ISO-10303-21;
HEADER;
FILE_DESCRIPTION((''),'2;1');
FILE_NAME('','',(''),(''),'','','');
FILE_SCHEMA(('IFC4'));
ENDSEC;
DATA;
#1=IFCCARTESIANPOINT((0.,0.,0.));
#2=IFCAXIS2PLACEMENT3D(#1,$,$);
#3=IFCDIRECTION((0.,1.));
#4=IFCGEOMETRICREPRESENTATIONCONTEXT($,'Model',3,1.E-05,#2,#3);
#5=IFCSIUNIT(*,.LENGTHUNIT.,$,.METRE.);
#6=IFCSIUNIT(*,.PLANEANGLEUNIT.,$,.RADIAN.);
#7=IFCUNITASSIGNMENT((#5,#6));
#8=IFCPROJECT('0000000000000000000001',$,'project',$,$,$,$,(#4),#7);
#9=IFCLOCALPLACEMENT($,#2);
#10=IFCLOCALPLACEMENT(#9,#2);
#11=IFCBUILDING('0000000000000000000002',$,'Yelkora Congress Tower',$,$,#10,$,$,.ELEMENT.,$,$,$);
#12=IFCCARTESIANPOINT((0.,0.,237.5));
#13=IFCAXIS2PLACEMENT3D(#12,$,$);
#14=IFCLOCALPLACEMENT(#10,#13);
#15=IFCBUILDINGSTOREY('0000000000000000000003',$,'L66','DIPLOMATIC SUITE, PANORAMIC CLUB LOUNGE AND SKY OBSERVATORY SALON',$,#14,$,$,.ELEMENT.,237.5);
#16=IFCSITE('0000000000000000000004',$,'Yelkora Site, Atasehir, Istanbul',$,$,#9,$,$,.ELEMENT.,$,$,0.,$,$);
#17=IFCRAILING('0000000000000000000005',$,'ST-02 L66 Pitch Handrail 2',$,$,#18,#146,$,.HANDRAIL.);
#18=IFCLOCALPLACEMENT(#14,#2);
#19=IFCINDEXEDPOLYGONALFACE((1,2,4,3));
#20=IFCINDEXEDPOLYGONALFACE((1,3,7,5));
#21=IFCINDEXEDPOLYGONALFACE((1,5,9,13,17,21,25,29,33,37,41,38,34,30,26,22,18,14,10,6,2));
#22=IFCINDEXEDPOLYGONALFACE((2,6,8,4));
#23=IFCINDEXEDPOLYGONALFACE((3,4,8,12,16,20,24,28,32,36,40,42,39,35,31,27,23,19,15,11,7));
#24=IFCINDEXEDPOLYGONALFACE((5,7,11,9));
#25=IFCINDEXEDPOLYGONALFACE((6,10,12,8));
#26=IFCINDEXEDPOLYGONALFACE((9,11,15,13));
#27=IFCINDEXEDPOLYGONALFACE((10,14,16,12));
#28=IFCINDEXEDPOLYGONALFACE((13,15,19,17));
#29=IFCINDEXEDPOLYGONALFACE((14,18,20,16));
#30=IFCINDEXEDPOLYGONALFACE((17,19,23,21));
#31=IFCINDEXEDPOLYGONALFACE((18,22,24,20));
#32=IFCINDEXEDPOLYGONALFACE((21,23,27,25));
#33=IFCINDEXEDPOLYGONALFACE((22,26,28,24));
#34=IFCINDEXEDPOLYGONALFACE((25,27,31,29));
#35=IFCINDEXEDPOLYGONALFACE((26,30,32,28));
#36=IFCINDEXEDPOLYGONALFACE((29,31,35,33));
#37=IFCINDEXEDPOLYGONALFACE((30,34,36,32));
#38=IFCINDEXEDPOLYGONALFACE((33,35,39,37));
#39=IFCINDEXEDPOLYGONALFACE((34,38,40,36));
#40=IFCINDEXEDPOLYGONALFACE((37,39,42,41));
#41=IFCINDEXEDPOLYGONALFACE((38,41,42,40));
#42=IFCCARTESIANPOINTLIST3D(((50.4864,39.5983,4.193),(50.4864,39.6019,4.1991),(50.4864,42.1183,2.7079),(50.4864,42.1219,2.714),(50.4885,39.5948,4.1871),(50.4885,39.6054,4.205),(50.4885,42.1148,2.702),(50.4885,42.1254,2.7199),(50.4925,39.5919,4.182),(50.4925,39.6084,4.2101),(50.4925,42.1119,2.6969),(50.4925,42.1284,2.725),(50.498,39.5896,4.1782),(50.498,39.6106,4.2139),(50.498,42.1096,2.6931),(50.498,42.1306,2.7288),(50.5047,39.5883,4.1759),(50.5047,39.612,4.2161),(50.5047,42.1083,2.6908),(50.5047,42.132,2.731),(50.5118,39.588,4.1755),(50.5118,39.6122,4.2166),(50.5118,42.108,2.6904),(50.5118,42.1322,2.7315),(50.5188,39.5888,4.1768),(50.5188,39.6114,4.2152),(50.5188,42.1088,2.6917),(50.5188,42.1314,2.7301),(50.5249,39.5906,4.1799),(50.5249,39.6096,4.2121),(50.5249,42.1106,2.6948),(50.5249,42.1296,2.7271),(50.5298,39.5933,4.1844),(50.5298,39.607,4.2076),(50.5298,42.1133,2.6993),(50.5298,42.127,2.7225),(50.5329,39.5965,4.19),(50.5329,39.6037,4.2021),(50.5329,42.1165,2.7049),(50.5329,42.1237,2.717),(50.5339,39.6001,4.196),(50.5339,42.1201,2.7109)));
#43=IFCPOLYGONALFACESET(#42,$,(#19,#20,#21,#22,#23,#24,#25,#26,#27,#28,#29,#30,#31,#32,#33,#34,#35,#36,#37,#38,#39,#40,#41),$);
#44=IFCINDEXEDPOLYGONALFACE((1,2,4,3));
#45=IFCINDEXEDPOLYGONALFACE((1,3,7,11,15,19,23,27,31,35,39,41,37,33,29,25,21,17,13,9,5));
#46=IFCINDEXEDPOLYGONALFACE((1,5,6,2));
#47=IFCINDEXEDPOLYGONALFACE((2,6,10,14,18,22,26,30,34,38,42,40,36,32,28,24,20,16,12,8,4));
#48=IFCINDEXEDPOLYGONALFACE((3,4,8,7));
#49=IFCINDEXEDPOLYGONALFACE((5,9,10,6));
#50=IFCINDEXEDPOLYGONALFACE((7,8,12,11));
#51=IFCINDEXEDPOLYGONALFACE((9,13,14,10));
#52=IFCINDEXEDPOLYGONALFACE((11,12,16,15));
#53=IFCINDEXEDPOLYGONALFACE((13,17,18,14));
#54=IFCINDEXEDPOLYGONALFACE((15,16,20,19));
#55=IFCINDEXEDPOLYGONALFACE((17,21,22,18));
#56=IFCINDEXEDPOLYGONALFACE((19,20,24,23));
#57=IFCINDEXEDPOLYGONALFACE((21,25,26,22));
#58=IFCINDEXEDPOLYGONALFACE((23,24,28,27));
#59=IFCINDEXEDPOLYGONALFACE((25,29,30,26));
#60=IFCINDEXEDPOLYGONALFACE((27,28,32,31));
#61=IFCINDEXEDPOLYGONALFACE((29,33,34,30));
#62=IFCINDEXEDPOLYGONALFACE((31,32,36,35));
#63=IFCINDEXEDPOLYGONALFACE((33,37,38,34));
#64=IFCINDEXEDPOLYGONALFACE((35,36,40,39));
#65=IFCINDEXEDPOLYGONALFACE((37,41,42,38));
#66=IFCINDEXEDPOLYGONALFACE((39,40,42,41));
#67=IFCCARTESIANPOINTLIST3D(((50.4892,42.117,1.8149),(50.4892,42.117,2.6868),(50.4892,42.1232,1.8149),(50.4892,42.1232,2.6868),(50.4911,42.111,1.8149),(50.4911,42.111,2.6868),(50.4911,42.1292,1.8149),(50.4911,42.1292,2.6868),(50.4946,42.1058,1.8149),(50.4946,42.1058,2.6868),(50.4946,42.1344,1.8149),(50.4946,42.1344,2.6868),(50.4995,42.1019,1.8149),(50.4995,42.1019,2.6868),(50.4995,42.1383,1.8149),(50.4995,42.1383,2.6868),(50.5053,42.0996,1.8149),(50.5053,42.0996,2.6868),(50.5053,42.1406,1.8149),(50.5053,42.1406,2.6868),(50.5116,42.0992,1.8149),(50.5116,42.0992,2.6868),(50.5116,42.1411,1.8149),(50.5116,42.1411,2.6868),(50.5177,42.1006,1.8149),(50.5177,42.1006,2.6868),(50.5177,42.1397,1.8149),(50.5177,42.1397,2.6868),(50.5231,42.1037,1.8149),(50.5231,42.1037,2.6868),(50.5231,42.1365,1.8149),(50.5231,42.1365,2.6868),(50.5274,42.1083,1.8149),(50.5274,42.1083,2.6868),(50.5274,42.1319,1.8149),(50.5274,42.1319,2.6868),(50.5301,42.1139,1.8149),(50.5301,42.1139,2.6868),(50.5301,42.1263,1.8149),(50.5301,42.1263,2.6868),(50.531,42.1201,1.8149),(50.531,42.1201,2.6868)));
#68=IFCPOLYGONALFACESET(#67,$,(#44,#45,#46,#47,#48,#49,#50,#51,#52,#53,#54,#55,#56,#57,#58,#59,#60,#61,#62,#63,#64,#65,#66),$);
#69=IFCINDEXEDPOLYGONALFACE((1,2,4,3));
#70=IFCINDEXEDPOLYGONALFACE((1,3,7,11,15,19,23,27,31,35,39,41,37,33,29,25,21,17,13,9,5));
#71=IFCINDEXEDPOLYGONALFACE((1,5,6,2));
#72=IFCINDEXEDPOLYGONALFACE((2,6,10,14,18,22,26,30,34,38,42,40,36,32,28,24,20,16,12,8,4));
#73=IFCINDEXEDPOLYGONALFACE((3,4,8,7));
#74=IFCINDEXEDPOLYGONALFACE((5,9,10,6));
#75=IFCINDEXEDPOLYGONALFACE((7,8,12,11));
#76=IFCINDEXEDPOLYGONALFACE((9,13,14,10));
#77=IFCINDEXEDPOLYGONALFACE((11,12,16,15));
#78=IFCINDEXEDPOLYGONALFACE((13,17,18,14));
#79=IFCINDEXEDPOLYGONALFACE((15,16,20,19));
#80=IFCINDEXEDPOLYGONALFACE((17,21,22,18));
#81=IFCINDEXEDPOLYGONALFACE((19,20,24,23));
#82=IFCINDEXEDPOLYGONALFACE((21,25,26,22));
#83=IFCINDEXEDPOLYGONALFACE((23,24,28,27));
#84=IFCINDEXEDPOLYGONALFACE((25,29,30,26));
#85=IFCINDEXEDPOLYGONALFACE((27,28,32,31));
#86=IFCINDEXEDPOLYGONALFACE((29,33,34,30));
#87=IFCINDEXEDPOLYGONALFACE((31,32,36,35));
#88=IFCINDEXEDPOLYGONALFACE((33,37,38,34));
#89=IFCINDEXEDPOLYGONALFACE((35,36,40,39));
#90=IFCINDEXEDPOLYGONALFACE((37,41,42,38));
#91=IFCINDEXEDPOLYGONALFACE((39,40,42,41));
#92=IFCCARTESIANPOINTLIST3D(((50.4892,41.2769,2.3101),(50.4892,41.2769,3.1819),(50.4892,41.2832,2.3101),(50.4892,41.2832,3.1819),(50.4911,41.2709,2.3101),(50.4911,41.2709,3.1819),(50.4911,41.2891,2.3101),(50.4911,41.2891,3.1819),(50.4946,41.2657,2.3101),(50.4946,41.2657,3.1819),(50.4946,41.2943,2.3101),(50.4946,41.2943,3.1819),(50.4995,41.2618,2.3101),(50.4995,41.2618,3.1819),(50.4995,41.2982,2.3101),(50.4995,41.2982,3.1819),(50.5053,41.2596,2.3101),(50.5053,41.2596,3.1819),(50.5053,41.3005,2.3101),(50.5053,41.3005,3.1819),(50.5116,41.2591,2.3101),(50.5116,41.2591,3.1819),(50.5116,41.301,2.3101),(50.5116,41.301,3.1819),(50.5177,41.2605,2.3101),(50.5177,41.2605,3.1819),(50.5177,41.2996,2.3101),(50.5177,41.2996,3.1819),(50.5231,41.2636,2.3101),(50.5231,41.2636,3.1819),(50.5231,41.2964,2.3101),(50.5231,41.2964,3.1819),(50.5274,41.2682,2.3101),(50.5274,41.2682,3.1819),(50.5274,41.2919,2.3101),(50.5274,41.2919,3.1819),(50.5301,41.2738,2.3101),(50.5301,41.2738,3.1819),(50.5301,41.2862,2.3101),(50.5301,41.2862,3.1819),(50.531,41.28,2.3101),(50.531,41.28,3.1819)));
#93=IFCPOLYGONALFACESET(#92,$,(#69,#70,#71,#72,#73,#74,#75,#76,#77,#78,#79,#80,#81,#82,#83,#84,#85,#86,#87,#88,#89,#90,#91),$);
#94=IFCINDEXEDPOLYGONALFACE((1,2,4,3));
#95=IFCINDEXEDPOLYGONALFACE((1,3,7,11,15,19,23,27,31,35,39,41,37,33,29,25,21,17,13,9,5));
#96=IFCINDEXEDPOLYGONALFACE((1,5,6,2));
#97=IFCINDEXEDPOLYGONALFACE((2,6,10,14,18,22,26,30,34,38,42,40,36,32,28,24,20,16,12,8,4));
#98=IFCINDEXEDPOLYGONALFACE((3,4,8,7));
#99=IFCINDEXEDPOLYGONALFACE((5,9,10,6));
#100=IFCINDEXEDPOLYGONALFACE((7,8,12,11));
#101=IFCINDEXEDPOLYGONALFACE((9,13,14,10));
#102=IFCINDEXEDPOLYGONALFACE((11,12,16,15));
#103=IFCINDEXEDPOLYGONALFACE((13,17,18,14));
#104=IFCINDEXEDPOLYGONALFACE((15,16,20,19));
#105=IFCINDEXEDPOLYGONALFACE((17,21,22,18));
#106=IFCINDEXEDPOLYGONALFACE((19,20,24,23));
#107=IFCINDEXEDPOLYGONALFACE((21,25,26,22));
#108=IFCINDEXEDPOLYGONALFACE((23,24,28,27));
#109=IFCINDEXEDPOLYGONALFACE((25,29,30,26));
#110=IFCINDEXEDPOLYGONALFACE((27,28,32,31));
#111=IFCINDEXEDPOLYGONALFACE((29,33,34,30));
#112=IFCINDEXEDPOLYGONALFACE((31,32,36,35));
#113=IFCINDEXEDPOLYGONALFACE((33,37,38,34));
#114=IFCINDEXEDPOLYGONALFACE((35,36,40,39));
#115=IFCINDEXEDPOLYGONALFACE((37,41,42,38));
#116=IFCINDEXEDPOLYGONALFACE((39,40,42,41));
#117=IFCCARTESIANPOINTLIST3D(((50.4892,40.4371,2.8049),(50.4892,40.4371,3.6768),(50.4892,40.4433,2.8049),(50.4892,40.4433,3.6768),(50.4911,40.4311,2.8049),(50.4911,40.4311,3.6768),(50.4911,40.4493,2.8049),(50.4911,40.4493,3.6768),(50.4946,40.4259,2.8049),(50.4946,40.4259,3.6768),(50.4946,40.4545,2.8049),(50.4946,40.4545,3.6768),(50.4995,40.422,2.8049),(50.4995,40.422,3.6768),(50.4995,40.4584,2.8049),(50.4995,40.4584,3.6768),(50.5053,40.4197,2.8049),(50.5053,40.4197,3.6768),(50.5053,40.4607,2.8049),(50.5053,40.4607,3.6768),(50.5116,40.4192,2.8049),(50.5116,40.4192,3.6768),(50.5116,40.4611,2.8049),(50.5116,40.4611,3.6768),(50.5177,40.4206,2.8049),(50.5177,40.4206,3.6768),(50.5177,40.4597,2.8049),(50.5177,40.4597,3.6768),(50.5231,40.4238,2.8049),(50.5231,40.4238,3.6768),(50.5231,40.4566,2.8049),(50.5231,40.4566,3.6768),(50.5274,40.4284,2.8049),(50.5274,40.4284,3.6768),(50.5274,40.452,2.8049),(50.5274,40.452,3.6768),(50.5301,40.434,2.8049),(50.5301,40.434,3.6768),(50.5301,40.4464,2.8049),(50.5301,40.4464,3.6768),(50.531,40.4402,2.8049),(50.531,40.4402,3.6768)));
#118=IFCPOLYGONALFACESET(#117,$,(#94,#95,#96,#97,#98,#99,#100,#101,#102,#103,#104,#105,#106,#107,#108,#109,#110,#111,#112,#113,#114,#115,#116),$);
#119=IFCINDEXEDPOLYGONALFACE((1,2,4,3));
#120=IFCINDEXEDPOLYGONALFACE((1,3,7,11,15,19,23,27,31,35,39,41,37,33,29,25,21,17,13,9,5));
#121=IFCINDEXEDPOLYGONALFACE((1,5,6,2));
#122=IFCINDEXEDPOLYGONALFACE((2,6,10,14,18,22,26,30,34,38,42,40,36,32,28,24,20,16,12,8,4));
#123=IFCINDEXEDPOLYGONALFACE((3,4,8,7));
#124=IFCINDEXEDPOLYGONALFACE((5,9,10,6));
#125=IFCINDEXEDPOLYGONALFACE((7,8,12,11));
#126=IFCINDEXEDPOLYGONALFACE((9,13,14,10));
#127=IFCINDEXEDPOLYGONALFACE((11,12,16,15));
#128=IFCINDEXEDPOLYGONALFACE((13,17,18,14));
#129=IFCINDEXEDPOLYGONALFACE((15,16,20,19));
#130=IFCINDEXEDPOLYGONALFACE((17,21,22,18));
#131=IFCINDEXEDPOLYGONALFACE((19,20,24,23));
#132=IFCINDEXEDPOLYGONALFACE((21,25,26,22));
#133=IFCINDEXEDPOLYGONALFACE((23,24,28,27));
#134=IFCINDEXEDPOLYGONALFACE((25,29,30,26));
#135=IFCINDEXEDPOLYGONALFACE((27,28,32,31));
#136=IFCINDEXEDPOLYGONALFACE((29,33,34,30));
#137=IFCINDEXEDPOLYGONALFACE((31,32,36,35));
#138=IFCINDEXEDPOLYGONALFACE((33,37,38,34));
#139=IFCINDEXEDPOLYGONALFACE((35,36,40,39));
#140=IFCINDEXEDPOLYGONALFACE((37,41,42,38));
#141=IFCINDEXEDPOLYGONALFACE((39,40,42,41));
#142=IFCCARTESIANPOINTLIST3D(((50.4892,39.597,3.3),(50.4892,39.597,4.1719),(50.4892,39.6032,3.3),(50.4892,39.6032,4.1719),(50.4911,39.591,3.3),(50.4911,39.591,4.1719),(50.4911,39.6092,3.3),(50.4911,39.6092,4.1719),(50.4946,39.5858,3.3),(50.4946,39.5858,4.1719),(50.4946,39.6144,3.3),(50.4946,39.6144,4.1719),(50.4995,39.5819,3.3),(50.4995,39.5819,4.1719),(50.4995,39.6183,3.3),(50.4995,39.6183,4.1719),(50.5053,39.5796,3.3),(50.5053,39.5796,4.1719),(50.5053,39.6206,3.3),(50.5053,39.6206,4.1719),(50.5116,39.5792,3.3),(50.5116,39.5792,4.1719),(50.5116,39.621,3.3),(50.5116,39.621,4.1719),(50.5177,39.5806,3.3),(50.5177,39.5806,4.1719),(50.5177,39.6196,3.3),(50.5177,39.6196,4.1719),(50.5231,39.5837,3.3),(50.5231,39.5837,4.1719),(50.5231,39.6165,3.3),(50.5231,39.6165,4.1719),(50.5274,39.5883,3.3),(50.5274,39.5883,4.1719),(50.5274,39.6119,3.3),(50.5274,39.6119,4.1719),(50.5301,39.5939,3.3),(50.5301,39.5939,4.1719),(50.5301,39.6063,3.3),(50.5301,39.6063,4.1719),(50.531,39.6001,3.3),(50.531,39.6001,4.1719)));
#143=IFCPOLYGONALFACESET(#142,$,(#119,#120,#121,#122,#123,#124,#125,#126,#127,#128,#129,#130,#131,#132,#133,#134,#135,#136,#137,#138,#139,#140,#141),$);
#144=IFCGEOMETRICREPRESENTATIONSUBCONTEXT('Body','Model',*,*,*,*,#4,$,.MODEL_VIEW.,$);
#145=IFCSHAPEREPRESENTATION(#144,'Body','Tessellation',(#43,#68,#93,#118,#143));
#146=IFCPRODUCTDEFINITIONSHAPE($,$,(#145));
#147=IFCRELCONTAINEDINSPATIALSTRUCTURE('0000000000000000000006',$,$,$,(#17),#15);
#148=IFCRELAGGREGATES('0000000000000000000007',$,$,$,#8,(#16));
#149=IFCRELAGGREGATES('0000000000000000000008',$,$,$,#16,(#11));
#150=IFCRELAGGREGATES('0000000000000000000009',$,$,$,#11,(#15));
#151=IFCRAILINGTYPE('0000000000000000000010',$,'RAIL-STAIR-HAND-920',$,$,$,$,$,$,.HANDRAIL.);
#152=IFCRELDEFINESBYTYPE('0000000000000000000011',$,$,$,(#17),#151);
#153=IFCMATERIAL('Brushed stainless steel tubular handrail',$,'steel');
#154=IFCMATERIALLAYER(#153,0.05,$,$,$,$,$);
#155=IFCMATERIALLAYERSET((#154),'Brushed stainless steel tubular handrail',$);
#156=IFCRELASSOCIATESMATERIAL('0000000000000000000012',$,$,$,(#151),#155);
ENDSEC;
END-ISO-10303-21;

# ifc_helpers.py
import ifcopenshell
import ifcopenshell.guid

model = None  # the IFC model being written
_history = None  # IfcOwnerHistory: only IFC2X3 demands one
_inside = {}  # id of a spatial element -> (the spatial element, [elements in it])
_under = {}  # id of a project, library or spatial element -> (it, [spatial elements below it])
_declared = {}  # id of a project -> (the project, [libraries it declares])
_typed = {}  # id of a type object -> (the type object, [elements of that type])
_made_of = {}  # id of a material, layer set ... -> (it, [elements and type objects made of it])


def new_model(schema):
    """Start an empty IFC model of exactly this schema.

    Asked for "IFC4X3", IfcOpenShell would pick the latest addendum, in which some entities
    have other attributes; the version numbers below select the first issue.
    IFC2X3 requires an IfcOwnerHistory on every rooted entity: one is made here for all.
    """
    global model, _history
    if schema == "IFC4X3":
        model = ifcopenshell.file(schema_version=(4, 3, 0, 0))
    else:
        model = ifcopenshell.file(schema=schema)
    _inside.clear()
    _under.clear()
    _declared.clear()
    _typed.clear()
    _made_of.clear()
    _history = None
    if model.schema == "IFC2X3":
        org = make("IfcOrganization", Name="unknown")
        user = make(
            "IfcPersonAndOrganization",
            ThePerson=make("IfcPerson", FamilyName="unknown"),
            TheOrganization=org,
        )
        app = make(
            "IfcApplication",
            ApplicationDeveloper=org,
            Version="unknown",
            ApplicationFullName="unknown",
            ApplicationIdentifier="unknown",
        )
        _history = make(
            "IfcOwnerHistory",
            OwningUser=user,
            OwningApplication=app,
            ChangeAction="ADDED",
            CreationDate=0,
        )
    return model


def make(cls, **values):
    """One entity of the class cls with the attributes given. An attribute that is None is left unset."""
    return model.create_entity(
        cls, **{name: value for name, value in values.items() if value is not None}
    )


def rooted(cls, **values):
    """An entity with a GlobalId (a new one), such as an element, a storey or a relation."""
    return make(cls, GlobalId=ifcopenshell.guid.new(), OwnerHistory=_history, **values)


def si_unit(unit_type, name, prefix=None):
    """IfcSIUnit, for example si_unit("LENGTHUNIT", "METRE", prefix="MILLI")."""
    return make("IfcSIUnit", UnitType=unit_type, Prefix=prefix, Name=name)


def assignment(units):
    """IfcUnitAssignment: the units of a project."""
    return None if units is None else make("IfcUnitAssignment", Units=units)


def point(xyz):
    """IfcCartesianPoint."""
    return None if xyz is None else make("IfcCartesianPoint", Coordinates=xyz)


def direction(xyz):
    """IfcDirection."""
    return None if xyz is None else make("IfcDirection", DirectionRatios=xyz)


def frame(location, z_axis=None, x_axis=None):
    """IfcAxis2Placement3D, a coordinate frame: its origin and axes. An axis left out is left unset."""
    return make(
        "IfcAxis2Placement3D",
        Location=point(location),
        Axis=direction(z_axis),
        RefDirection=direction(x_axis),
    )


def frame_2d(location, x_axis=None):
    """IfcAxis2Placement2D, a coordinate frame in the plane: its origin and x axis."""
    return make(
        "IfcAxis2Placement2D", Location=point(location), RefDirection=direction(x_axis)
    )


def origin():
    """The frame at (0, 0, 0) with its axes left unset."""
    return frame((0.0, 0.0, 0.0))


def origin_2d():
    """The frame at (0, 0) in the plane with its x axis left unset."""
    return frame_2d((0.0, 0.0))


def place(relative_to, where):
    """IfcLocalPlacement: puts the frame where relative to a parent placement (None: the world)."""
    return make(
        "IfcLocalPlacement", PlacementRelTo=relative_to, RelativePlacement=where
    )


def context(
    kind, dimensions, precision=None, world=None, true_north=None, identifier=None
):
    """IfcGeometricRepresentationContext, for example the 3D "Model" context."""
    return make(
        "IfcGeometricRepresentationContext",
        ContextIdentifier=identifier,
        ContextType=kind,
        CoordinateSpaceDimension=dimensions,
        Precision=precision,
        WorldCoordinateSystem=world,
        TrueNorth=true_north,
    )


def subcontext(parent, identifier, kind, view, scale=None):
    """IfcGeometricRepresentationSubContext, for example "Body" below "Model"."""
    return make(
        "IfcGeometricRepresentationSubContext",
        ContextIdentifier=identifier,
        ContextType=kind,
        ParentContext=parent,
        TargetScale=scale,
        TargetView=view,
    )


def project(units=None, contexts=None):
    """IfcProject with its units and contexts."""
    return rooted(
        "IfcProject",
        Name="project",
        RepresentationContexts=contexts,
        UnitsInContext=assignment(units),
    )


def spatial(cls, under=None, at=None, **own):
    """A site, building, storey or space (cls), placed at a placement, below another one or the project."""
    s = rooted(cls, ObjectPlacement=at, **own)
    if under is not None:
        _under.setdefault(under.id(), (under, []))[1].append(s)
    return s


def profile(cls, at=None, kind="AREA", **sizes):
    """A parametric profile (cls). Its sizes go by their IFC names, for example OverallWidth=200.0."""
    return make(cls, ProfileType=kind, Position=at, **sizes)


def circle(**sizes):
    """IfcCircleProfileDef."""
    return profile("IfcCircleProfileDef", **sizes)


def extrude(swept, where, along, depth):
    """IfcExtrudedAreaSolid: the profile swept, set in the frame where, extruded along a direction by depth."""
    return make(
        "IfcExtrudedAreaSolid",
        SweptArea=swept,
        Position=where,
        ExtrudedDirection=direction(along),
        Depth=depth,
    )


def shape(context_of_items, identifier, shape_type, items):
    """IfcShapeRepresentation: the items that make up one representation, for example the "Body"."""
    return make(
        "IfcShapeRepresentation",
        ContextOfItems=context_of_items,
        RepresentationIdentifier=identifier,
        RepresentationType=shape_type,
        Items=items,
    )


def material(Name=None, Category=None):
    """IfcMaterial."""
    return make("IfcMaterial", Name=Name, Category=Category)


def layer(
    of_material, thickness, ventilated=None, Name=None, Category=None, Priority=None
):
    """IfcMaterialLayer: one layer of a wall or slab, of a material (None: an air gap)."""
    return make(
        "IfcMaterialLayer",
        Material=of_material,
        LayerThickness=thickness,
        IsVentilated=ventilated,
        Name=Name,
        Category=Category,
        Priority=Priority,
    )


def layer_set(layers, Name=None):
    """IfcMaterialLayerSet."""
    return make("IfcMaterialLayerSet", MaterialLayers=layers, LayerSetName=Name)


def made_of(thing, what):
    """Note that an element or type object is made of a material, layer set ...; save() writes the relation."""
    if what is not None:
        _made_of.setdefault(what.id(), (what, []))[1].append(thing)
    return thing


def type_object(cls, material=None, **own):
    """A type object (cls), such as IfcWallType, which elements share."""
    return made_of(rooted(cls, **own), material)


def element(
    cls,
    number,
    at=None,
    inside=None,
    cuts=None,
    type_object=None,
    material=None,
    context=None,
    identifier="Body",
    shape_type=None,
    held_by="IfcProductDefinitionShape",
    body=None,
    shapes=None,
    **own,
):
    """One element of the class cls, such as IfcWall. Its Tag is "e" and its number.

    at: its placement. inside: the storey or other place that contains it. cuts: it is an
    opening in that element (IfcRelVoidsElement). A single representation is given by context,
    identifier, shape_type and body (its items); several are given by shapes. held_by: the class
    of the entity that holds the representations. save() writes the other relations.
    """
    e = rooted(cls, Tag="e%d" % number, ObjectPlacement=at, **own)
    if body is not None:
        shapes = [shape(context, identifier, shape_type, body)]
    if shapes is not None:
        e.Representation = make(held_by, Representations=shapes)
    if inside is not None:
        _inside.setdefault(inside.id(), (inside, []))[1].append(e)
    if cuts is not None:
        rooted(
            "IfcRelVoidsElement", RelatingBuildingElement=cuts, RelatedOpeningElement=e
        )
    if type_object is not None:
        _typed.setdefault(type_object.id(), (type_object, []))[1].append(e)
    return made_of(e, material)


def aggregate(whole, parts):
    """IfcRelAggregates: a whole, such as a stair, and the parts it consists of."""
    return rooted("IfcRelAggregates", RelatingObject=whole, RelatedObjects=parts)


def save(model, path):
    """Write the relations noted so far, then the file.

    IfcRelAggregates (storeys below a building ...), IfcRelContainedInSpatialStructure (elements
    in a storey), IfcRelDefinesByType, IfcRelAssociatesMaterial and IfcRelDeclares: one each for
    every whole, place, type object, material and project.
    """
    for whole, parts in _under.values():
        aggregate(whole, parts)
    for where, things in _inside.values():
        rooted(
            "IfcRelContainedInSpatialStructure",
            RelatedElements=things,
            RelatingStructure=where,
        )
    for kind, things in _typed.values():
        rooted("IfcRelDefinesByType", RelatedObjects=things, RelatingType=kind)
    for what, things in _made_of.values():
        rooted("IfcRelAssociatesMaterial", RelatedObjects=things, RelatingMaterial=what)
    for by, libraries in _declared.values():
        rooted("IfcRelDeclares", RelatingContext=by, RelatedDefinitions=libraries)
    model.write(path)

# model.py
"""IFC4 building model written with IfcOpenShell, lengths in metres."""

from ifc_helpers import new_model, si_unit, direction, frame, origin, origin_2d, place, context, subcontext, project, spatial, circle, extrude, material, layer, layer_set, type_object, element, save


model = new_model("IFC4")

# Units and contexts
model_context = context("Model", 3, precision=1e-05, world=origin(), true_north=direction((0.0, 1.0)))
body_context = subcontext(model_context, "Body", "Model", "MODEL_VIEW")
ifc_project = project(units=[si_unit("LENGTHUNIT", "METRE"), si_unit("PLANEANGLEUNIT", "RADIAN")], contexts=[model_context])

# Site, building, storey
site_placement = place(None, origin())
site = spatial("IfcSite", under=ifc_project, at=site_placement, Name="Yelkora Site, Atasehir, Istanbul", CompositionType="ELEMENT", RefElevation=0.0)
building_placement = place(site_placement, origin())
building = spatial("IfcBuilding", under=site, at=building_placement, Name="Yelkora Congress Tower", CompositionType="ELEMENT")
storey_placement = place(building_placement, frame((0.0, 0.0, 237.5)))
storey = spatial("IfcBuildingStorey", under=building, at=storey_placement, Name="L66", Description="DIPLOMATIC SUITE, PANORAMIC CLUB LOUNGE AND SKY OBSERVATORY SALON", CompositionType="ELEMENT", Elevation=237.5)

# Railing
ifc_material_1 = material(Name="Brushed stainless steel tubular handrail", Category="steel")
ifc_layer_1 = layer(ifc_material_1, 0.05)
ifc_layer_set_1 = layer_set([ifc_layer_1], Name="Brushed stainless steel tubular handrail")
railing_type_1 = type_object("IfcRailingType", Name="RAIL-STAIR-HAND-920", PredefinedType="HANDRAIL", material=ifc_layer_set_1)
railing_1_placement = place(storey_placement, frame((50.51, 42.1201, 1.8149)))
element("IfcRailing", 1, at=railing_1_placement, inside=storey, type_object=railing_type_1, Name="ST-02 L66 Pitch Handrail 2", PredefinedType="HANDRAIL", context=body_context, shape_type="SweptSolid", body=[
    extrude(circle(Radius=0.0239, at=origin_2d()), frame((0.0, 0.0, 0.896), z_axis=(0.0, -0.861524, 0.507717), x_axis=(1.0, 0.0, 0.0)), (0.0, 0.0, 1.0), 2.925),
    extrude(circle(Radius=0.021, at=origin_2d()), origin(), (0.0, 0.0, 1.0), 0.8718),
    extrude(circle(Radius=0.021, at=origin_2d()), frame((0.0, -0.8401, 0.4951)), (0.0, 0.0, 1.0), 0.8718),
    extrude(circle(Radius=0.021, at=origin_2d()), frame((0.0, -1.6799, 0.99)), (0.0, 0.0, 1.0), 0.8718),
    extrude(circle(Radius=0.021, at=origin_2d()), frame((0.0, -2.52, 1.4851)), (0.0, 0.0, 1.0), 0.8718),
])

save(model, "model.ifc")
